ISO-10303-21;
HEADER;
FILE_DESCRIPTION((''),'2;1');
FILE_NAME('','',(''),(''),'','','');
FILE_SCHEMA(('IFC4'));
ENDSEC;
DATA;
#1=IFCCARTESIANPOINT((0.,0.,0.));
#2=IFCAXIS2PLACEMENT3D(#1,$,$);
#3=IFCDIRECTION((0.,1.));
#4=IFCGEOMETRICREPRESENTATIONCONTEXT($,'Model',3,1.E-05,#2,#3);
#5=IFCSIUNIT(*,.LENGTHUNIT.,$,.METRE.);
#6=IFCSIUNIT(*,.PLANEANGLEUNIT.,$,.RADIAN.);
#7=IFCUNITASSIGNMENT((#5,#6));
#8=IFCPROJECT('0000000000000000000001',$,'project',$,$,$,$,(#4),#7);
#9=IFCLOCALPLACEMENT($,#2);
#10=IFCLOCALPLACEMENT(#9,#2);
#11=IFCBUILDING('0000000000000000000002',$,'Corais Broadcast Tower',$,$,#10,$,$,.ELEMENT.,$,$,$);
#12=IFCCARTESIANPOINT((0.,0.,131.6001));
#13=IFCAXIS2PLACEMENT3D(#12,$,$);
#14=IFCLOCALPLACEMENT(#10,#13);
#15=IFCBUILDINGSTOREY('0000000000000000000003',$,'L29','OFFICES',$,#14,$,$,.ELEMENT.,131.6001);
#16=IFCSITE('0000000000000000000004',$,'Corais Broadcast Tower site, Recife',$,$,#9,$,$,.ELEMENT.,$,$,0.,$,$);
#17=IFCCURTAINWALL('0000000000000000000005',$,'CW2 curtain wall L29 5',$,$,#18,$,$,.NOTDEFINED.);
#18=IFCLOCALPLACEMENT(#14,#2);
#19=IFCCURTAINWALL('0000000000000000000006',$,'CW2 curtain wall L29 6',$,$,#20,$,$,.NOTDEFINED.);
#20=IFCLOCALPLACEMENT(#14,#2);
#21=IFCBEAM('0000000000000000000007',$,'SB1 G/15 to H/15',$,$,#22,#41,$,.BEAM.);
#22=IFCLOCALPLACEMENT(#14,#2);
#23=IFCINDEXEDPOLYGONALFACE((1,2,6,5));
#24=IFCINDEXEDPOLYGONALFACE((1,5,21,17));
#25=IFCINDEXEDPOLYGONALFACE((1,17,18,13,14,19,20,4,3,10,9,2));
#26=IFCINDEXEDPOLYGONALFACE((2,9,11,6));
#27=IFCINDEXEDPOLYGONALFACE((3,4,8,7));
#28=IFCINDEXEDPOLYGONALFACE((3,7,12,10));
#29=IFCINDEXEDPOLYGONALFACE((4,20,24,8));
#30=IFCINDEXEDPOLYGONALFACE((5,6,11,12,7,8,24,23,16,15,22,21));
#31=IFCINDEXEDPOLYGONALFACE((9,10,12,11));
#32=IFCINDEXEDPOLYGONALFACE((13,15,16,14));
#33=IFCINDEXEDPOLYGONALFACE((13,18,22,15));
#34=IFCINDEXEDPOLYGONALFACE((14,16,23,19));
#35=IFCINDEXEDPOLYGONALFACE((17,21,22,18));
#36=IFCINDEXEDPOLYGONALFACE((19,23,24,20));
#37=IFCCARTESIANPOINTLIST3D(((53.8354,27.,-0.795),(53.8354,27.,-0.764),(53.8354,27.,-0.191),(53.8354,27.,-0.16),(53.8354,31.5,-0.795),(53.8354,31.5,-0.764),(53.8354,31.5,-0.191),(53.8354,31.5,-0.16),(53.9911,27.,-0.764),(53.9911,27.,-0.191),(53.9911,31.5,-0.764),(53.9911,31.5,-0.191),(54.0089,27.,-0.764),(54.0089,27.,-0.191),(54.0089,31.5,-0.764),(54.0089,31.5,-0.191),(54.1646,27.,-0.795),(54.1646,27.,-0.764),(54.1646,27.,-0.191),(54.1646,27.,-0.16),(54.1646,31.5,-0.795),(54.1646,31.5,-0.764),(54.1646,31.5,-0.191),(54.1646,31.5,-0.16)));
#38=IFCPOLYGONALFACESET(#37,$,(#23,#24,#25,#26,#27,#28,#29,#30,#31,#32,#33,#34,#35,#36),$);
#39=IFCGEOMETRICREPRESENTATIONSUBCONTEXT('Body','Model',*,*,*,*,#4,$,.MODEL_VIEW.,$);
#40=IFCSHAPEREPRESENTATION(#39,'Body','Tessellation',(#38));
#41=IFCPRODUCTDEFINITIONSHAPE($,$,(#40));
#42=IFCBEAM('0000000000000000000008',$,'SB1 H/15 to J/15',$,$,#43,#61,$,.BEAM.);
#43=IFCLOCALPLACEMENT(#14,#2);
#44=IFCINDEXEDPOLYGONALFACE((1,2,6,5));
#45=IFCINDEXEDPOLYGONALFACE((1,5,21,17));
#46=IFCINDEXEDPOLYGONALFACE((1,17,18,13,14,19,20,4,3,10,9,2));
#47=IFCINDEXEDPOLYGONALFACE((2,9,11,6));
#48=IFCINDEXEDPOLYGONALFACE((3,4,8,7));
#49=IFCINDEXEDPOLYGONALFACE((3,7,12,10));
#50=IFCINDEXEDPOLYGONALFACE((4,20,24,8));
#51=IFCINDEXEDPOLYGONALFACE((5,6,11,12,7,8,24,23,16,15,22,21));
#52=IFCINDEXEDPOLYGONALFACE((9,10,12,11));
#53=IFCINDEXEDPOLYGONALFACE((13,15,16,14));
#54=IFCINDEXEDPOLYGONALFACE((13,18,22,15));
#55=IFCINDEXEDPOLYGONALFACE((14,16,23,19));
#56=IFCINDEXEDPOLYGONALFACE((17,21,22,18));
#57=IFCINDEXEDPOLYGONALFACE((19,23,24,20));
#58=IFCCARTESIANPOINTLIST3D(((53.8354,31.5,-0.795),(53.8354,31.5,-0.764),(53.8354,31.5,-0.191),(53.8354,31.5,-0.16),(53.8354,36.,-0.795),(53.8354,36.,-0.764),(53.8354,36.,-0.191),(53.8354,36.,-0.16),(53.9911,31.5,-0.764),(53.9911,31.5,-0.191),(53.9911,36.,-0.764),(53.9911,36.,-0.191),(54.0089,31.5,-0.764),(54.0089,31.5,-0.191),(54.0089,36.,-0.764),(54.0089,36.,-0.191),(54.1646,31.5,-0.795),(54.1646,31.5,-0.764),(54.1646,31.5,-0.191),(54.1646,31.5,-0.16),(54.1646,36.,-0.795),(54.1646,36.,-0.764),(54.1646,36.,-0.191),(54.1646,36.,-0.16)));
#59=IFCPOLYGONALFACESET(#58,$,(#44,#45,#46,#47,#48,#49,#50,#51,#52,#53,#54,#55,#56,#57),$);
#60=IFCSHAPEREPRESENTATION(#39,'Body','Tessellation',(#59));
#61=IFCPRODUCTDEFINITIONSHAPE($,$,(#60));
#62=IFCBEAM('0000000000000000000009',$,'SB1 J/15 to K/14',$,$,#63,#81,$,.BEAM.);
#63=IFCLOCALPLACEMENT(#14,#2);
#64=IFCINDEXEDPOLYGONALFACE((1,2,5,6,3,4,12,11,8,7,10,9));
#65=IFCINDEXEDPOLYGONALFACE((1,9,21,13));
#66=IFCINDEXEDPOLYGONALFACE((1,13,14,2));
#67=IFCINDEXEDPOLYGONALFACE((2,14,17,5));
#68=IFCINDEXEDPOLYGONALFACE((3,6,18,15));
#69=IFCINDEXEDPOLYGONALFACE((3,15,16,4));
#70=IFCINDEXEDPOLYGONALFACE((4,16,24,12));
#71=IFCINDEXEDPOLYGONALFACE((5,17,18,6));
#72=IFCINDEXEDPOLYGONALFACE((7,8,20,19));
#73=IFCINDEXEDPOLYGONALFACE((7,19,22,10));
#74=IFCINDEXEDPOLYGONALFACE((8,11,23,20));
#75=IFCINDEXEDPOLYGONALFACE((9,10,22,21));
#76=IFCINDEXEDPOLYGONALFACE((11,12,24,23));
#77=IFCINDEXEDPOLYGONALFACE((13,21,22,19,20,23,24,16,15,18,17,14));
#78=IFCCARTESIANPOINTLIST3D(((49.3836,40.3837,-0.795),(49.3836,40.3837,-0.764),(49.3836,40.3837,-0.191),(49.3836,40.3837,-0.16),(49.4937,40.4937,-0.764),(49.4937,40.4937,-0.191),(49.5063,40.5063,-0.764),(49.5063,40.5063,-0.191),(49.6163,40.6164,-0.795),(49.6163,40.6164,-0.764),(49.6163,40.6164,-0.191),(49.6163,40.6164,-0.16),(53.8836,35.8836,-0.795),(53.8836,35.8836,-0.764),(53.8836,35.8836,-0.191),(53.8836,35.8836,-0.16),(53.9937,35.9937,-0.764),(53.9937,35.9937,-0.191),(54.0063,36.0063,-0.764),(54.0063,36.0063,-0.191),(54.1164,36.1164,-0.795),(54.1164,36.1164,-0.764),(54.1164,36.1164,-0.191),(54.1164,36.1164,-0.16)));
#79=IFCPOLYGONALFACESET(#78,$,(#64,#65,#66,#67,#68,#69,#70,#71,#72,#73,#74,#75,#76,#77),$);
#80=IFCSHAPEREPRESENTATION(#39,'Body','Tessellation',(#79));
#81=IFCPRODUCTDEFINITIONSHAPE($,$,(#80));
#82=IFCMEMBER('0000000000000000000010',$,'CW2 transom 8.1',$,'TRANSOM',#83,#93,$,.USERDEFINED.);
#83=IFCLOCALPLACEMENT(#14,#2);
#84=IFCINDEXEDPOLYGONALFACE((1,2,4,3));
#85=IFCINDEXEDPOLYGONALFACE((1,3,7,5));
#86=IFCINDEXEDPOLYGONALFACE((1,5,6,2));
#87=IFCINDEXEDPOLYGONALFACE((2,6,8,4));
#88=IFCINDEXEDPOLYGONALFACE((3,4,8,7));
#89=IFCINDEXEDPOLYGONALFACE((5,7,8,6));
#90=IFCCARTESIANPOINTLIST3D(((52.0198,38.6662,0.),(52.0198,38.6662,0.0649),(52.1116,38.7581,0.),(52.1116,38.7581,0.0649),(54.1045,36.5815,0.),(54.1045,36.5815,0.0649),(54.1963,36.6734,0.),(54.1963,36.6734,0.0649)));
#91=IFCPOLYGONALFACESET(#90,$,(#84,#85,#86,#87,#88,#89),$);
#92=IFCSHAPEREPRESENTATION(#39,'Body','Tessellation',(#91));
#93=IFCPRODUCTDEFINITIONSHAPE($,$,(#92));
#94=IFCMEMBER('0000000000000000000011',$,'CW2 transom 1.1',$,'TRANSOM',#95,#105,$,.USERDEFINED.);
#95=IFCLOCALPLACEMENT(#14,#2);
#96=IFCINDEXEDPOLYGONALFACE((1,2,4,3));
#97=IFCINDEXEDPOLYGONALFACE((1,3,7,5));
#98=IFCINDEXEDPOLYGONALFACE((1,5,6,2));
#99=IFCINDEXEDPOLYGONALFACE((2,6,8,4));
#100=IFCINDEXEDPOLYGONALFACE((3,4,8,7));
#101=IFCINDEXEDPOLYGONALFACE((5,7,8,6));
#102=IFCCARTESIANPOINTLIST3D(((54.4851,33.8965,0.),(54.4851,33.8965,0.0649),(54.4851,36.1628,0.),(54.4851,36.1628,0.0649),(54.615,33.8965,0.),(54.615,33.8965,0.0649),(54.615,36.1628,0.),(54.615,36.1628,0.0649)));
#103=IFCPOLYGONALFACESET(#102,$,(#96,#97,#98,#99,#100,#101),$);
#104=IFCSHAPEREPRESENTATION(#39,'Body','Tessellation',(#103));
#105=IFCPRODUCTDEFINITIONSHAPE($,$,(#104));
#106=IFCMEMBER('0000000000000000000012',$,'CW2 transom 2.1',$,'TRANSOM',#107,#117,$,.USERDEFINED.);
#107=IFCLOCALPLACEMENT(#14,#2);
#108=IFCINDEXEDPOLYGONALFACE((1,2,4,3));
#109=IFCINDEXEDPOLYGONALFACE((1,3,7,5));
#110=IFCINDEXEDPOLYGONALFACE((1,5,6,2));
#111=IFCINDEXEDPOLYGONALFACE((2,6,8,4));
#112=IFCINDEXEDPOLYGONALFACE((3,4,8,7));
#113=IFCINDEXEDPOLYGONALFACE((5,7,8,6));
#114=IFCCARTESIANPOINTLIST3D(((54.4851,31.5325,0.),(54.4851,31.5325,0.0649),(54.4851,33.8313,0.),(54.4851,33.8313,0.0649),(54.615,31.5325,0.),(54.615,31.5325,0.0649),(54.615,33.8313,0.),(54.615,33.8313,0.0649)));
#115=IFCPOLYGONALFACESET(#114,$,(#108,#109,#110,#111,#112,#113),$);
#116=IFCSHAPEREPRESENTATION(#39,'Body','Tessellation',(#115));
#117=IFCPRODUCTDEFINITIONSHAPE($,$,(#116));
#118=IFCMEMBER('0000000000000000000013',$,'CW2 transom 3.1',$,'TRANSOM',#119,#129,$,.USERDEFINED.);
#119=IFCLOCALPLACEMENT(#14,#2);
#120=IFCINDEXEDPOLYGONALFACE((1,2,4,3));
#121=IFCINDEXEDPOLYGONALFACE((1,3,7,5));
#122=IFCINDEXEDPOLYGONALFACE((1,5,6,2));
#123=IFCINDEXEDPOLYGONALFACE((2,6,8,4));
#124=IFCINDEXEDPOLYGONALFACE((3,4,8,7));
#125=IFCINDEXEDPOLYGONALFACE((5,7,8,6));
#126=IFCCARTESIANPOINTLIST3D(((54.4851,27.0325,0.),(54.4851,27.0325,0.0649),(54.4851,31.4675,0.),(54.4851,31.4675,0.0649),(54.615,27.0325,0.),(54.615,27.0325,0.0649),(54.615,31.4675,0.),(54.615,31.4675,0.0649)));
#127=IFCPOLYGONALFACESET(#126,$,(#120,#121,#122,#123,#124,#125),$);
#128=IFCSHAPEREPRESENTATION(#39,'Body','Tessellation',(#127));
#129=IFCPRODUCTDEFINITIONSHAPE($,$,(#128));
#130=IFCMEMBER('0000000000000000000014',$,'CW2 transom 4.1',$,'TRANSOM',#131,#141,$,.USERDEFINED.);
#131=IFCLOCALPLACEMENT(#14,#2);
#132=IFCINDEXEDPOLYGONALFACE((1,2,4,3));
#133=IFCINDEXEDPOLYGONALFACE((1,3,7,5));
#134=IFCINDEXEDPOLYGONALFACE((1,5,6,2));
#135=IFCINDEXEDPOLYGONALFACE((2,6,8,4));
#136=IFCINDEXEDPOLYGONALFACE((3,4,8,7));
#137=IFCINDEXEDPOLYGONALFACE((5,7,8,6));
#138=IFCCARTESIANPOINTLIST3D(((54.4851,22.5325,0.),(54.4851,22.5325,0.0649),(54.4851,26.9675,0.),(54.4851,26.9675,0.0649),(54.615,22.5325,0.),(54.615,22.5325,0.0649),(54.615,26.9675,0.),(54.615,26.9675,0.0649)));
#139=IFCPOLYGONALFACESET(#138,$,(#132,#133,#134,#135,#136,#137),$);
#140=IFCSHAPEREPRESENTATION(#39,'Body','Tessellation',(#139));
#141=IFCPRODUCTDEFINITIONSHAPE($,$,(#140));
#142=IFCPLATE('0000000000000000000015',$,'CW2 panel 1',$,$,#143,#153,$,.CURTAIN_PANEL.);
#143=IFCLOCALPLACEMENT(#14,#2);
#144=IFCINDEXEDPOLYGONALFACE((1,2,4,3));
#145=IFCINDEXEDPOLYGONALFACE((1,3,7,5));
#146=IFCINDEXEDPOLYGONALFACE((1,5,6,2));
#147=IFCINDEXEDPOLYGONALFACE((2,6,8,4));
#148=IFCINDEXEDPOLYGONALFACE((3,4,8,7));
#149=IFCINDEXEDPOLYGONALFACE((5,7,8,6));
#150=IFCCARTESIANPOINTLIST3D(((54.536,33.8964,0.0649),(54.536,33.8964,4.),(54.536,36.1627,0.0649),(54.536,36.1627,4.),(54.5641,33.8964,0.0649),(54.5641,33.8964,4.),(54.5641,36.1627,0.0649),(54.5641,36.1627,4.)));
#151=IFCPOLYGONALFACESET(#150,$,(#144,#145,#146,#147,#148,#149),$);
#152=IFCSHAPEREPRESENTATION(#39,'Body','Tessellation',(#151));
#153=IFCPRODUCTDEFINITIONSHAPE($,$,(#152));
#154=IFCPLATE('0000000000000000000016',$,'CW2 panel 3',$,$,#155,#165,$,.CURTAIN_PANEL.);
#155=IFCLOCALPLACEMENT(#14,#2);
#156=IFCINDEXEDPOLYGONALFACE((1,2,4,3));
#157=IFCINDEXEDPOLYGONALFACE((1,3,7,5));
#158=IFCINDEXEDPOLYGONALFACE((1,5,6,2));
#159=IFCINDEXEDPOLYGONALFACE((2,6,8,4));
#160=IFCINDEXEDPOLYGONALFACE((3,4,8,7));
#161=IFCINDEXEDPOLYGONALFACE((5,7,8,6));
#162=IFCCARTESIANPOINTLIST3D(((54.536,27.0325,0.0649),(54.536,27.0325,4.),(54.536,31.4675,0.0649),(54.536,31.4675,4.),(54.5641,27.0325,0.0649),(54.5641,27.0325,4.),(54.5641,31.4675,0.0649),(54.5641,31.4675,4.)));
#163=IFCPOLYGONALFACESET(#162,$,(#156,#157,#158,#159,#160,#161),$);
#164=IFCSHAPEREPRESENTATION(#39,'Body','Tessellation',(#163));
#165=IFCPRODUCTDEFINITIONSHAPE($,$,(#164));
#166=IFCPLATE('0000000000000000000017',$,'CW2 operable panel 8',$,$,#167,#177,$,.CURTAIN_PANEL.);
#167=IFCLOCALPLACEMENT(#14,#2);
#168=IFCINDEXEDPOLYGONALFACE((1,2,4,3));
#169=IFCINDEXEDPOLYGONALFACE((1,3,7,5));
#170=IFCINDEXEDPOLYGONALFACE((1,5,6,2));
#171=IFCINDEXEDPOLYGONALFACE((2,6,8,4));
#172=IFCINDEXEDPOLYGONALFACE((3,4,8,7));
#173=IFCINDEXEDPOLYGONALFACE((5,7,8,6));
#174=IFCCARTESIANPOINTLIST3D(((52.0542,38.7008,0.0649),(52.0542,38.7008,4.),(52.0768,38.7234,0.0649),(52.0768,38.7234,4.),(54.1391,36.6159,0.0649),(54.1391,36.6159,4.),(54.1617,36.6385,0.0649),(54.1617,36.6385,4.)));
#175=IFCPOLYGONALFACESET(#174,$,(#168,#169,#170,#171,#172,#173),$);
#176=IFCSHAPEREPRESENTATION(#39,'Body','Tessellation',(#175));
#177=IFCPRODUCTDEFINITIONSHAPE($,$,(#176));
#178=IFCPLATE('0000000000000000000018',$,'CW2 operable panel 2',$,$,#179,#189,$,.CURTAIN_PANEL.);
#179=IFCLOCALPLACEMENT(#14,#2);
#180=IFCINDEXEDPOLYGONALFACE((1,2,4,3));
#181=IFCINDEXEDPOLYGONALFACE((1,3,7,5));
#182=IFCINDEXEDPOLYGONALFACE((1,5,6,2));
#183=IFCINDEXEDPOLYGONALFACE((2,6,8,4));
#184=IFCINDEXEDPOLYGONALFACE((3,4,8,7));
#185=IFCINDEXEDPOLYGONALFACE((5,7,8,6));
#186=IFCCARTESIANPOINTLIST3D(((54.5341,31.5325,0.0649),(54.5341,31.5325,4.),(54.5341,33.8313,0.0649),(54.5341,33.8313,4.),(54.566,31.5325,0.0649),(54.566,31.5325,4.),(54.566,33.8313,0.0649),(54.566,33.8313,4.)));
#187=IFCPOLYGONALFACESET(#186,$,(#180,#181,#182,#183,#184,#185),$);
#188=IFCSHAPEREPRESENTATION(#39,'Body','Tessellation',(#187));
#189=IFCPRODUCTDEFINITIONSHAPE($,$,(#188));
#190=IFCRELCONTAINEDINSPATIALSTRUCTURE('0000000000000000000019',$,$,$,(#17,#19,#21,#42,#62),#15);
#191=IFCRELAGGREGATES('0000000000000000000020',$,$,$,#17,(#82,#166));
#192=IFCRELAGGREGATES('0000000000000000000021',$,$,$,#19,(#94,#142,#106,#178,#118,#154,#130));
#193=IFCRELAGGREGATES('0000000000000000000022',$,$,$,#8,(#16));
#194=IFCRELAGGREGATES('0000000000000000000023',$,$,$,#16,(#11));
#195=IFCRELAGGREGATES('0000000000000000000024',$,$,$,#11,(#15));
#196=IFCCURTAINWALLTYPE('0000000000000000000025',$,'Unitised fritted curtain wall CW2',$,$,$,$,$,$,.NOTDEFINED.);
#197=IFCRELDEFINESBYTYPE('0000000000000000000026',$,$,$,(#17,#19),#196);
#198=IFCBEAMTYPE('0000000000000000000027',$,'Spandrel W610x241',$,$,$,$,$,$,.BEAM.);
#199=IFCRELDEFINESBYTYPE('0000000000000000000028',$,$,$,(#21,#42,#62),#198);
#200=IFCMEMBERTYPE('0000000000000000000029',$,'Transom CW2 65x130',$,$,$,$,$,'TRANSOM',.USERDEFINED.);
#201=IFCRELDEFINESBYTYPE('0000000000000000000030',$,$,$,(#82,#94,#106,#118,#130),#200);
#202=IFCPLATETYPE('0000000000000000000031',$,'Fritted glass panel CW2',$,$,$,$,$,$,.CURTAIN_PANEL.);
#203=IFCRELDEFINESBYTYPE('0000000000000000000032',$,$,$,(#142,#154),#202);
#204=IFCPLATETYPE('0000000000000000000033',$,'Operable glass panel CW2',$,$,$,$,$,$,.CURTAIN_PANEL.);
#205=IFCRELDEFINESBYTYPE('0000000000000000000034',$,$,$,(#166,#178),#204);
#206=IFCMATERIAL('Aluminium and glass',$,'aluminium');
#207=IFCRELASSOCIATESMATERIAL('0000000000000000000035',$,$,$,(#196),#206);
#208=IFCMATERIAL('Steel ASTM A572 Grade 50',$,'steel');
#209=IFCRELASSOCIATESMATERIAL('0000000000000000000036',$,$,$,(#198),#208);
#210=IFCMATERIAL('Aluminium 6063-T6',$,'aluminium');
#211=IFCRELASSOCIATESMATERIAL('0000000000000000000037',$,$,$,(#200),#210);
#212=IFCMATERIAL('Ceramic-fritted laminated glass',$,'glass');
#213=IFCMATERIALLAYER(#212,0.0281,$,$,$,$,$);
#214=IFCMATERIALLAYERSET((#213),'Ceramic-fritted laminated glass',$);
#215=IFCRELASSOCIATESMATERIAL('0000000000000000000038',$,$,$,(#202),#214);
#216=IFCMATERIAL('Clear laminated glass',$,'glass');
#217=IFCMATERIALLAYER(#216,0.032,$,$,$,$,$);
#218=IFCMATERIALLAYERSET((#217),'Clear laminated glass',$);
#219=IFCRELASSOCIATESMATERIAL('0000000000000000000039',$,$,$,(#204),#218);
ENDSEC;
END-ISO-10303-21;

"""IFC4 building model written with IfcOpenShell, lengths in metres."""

from ifc_helpers import new_model, si_unit, direction, frame, origin, origin_2d, place, context, subcontext, project, spatial, rectangle, i_section, extrude, material, layer, layer_set, material_profile, profile_set, type_object, element, aggregate, save


model = new_model("IFC4")

# Units and contexts
model_context = context("Model", 3, precision=1e-05, world=origin(), true_north=direction((0.0, 1.0)))
body_context = subcontext(model_context, "Body", "Model", "MODEL_VIEW")
ifc_project = project(units=[si_unit("LENGTHUNIT", "METRE"), si_unit("PLANEANGLEUNIT", "RADIAN")], contexts=[model_context])

# Site, building, storey
site_placement = place(None, origin())
site = spatial("IfcSite", under=ifc_project, at=site_placement, Name="Corais Broadcast Tower site, Recife", CompositionType="ELEMENT", RefElevation=0.0)
building_placement = place(site_placement, origin())
building = spatial("IfcBuilding", under=site, at=building_placement, Name="Corais Broadcast Tower", CompositionType="ELEMENT")
storey_placement = place(building_placement, frame((0.0, 0.0, 131.6001)))
storey = spatial("IfcBuildingStorey", under=building, at=storey_placement, Name="L29", Description="OFFICES", CompositionType="ELEMENT", Elevation=131.6001)

# Curtain walls
ifc_material_1 = material(Name="Aluminium and glass", Category="aluminium")
curtain_wall_type = type_object("IfcCurtainWallType", Name="Unitised fritted curtain wall CW2", PredefinedType="NOTDEFINED", material=ifc_material_1)
curtain_wall_1_placement = place(storey_placement, origin())
curtain_wall_1 = element("IfcCurtainWall", 1, at=curtain_wall_1_placement, inside=storey, type_object=curtain_wall_type, Name="CW2 curtain wall L29 5", PredefinedType="NOTDEFINED")
curtain_wall_2_placement = place(storey_placement, origin())
curtain_wall_2 = element("IfcCurtainWall", 2, at=curtain_wall_2_placement, inside=storey, type_object=curtain_wall_type, Name="CW2 curtain wall L29 6", PredefinedType="NOTDEFINED")

# Beams
ifc_material_2 = material(Name="Steel ASTM A572 Grade 50", Category="steel")
ifc_material_profile_1 = material_profile(ifc_material_2, i_section(OverallWidth=0.3291, OverallDepth=0.635, WebThickness=0.0178, FlangeThickness=0.031, at=origin_2d()), Name="W610x241")
ifc_profile_set_1 = profile_set([ifc_material_profile_1], Name="Steel ASTM A572 Grade 50")
beam_type_1 = type_object("IfcBeamType", Name="Spandrel W610x241", PredefinedType="BEAM", material=ifc_profile_set_1)
for number, where, z_axis, x_axis, name in (
    (3, (54.0, 27.0, -0.4775), (0.0, 1.0, 0.0), (-1.0, 0.0, 0.0), "SB1 G/15 to H/15"),
    (4, (54.0, 31.5, -0.4775), (0.0, 1.0, 0.0), (-1.0, 0.0, 0.0), "SB1 H/15 to J/15"),
):
    element("IfcBeam", number, at=place(storey_placement, frame(where, z_axis=z_axis, x_axis=x_axis)), inside=storey, type_object=beam_type_1, Name=name, PredefinedType="BEAM", context=body_context, shape_type="SweptSolid", body=[
        extrude(i_section(OverallWidth=0.3291, OverallDepth=0.635, WebThickness=0.0178, FlangeThickness=0.031, at=origin_2d()), origin(), (0.0, 0.0, 1.0), 4.5),
    ])
beam_placement = place(storey_placement, frame((54.0, 36.0, -0.4775), z_axis=(-0.707107, 0.707107, 0.0), x_axis=(-0.707107, -0.707107, 0.0)))
element("IfcBeam", 5, at=beam_placement, inside=storey, type_object=beam_type_1, Name="SB1 J/15 to K/14", PredefinedType="BEAM", context=body_context, shape_type="SweptSolid", body=[
    extrude(i_section(OverallWidth=0.3291, OverallDepth=0.635, WebThickness=0.0178, FlangeThickness=0.031, at=origin_2d()), origin(), (0.0, 0.0, 1.0), 6.364),
])

# Members
ifc_material_3 = material(Name="Aluminium 6063-T6", Category="aluminium")
ifc_material_profile_2 = material_profile(ifc_material_3, rectangle(XDim=0.1299, YDim=0.0649, at=origin_2d()), Name="Transom CW2 65x130")
ifc_profile_set_2 = profile_set([ifc_material_profile_2], Name="Aluminium 6063-T6")
member_type_1 = type_object("IfcMemberType", Name="Transom CW2 65x130", ElementType="TRANSOM", PredefinedType="USERDEFINED", material=ifc_profile_set_2)
member_1_placement = place(storey_placement, frame((52.0657, 38.7122, 0.0325), z_axis=(0.707107, -0.707107, 0.0), x_axis=(0.707107, 0.707107, 0.0)))
member_1 = element("IfcMember", 6, at=member_1_placement, type_object=member_type_1, Name="CW2 transom 8.1", ObjectType="TRANSOM", PredefinedType="USERDEFINED", context=body_context, shape_type="SweptSolid", body=[
    extrude(rectangle(XDim=0.1299, YDim=0.0649, at=origin_2d()), origin(), (0.0, 0.0, 1.0), 2.9482),
])
member_2_placement = place(storey_placement, frame((54.55, 36.1628, 0.0325), z_axis=(0.0, -1.0, 0.0), x_axis=(1.0, 0.0, 0.0)))
member_2 = element("IfcMember", 7, at=member_2_placement, type_object=member_type_1, Name="CW2 transom 1.1", ObjectType="TRANSOM", PredefinedType="USERDEFINED", context=body_context, shape_type="SweptSolid", body=[
    extrude(rectangle(XDim=0.1299, YDim=0.0649, at=origin_2d()), origin(), (0.0, 0.0, 1.0), 2.2664),
])
member_3_placement = place(storey_placement, frame((54.55, 33.8313, 0.0325), z_axis=(0.0, -1.0, 0.0), x_axis=(1.0, 0.0, 0.0)))
member_3 = element("IfcMember", 8, at=member_3_placement, type_object=member_type_1, Name="CW2 transom 2.1", ObjectType="TRANSOM", PredefinedType="USERDEFINED", context=body_context, shape_type="SweptSolid", body=[
    extrude(rectangle(XDim=0.1299, YDim=0.0649, at=origin_2d()), origin(), (0.0, 0.0, 1.0), 2.2988),
])
member_4_placement = place(storey_placement, frame((54.55, 31.4675, 0.0325), z_axis=(0.0, -1.0, 0.0), x_axis=(1.0, 0.0, 0.0)))
member_4 = element("IfcMember", 9, at=member_4_placement, type_object=member_type_1, Name="CW2 transom 3.1", ObjectType="TRANSOM", PredefinedType="USERDEFINED", context=body_context, shape_type="SweptSolid", body=[
    extrude(rectangle(XDim=0.1299, YDim=0.0649, at=origin_2d()), origin(), (0.0, 0.0, 1.0), 4.4351),
])
member_5_placement = place(storey_placement, frame((54.55, 26.9675, 0.0325), z_axis=(0.0, -1.0, 0.0), x_axis=(1.0, 0.0, 0.0)))
member_5 = element("IfcMember", 10, at=member_5_placement, type_object=member_type_1, Name="CW2 transom 4.1", ObjectType="TRANSOM", PredefinedType="USERDEFINED", context=body_context, shape_type="SweptSolid", body=[
    extrude(rectangle(XDim=0.1299, YDim=0.0649, at=origin_2d()), origin(), (0.0, 0.0, 1.0), 4.4351),
])

# Plates
ifc_material_4 = material(Name="Ceramic-fritted laminated glass", Category="glass")
ifc_layer_1 = layer(ifc_material_4, 0.0281)
ifc_layer_set_1 = layer_set([ifc_layer_1], Name="Ceramic-fritted laminated glass")
plate_type_1 = type_object("IfcPlateType", Name="Fritted glass panel CW2", PredefinedType="CURTAIN_PANEL", material=ifc_layer_set_1)
plate_1_placement = place(storey_placement, frame((54.55, 35.0295, 0.0649), z_axis=(0.0, 0.0, 1.0), x_axis=(0.0, -1.0, 0.0)))
plate_1 = element("IfcPlate", 11, at=plate_1_placement, type_object=plate_type_1, Name="CW2 panel 1", PredefinedType="CURTAIN_PANEL", context=body_context, shape_type="SweptSolid", body=[
    extrude(rectangle(XDim=2.2664, YDim=0.0281, at=origin_2d()), origin(), (0.0, 0.0, 1.0), 3.9351),
])
plate_2_placement = place(storey_placement, frame((54.55, 29.25, 0.0649), z_axis=(0.0, 0.0, 1.0), x_axis=(0.0, -1.0, 0.0)))
plate_2 = element("IfcPlate", 12, at=plate_2_placement, type_object=plate_type_1, Name="CW2 panel 3", PredefinedType="CURTAIN_PANEL", context=body_context, shape_type="SweptSolid", body=[
    extrude(rectangle(XDim=4.4351, YDim=0.0281, at=origin_2d()), origin(), (0.0, 0.0, 1.0), 3.9351),
])
ifc_material_5 = material(Name="Clear laminated glass", Category="glass")
ifc_layer_2 = layer(ifc_material_5, 0.032)
ifc_layer_set_2 = layer_set([ifc_layer_2], Name="Clear laminated glass")
plate_type_2 = type_object("IfcPlateType", Name="Operable glass panel CW2", PredefinedType="CURTAIN_PANEL", material=ifc_layer_set_2)
plate_3_placement = place(storey_placement, frame((53.1079, 37.6697, 0.0649), z_axis=(0.0, 0.0, 1.0), x_axis=(0.707107, -0.707107, 0.0)))
plate_3 = element("IfcPlate", 13, at=plate_3_placement, type_object=plate_type_2, Name="CW2 operable panel 8", PredefinedType="CURTAIN_PANEL", context=body_context, shape_type="SweptSolid", body=[
    extrude(rectangle(XDim=2.9485, YDim=0.032, at=origin_2d()), origin(), (0.0, 0.0, 1.0), 3.9351),
])
aggregate(curtain_wall_1, [member_1, plate_3])
plate_4_placement = place(storey_placement, frame((54.55, 32.6819, 0.0649), z_axis=(0.0, 0.0, 1.0), x_axis=(0.0, -1.0, 0.0)))
plate_4 = element("IfcPlate", 14, at=plate_4_placement, type_object=plate_type_2, Name="CW2 operable panel 2", PredefinedType="CURTAIN_PANEL", context=body_context, shape_type="SweptSolid", body=[
    extrude(rectangle(XDim=2.2988, YDim=0.032, at=origin_2d()), origin(), (0.0, 0.0, 1.0), 3.9351),
])
aggregate(curtain_wall_2, [member_2, plate_1, member_3, plate_4, member_4, plate_2, member_5])

save(model, "model.ifc")
